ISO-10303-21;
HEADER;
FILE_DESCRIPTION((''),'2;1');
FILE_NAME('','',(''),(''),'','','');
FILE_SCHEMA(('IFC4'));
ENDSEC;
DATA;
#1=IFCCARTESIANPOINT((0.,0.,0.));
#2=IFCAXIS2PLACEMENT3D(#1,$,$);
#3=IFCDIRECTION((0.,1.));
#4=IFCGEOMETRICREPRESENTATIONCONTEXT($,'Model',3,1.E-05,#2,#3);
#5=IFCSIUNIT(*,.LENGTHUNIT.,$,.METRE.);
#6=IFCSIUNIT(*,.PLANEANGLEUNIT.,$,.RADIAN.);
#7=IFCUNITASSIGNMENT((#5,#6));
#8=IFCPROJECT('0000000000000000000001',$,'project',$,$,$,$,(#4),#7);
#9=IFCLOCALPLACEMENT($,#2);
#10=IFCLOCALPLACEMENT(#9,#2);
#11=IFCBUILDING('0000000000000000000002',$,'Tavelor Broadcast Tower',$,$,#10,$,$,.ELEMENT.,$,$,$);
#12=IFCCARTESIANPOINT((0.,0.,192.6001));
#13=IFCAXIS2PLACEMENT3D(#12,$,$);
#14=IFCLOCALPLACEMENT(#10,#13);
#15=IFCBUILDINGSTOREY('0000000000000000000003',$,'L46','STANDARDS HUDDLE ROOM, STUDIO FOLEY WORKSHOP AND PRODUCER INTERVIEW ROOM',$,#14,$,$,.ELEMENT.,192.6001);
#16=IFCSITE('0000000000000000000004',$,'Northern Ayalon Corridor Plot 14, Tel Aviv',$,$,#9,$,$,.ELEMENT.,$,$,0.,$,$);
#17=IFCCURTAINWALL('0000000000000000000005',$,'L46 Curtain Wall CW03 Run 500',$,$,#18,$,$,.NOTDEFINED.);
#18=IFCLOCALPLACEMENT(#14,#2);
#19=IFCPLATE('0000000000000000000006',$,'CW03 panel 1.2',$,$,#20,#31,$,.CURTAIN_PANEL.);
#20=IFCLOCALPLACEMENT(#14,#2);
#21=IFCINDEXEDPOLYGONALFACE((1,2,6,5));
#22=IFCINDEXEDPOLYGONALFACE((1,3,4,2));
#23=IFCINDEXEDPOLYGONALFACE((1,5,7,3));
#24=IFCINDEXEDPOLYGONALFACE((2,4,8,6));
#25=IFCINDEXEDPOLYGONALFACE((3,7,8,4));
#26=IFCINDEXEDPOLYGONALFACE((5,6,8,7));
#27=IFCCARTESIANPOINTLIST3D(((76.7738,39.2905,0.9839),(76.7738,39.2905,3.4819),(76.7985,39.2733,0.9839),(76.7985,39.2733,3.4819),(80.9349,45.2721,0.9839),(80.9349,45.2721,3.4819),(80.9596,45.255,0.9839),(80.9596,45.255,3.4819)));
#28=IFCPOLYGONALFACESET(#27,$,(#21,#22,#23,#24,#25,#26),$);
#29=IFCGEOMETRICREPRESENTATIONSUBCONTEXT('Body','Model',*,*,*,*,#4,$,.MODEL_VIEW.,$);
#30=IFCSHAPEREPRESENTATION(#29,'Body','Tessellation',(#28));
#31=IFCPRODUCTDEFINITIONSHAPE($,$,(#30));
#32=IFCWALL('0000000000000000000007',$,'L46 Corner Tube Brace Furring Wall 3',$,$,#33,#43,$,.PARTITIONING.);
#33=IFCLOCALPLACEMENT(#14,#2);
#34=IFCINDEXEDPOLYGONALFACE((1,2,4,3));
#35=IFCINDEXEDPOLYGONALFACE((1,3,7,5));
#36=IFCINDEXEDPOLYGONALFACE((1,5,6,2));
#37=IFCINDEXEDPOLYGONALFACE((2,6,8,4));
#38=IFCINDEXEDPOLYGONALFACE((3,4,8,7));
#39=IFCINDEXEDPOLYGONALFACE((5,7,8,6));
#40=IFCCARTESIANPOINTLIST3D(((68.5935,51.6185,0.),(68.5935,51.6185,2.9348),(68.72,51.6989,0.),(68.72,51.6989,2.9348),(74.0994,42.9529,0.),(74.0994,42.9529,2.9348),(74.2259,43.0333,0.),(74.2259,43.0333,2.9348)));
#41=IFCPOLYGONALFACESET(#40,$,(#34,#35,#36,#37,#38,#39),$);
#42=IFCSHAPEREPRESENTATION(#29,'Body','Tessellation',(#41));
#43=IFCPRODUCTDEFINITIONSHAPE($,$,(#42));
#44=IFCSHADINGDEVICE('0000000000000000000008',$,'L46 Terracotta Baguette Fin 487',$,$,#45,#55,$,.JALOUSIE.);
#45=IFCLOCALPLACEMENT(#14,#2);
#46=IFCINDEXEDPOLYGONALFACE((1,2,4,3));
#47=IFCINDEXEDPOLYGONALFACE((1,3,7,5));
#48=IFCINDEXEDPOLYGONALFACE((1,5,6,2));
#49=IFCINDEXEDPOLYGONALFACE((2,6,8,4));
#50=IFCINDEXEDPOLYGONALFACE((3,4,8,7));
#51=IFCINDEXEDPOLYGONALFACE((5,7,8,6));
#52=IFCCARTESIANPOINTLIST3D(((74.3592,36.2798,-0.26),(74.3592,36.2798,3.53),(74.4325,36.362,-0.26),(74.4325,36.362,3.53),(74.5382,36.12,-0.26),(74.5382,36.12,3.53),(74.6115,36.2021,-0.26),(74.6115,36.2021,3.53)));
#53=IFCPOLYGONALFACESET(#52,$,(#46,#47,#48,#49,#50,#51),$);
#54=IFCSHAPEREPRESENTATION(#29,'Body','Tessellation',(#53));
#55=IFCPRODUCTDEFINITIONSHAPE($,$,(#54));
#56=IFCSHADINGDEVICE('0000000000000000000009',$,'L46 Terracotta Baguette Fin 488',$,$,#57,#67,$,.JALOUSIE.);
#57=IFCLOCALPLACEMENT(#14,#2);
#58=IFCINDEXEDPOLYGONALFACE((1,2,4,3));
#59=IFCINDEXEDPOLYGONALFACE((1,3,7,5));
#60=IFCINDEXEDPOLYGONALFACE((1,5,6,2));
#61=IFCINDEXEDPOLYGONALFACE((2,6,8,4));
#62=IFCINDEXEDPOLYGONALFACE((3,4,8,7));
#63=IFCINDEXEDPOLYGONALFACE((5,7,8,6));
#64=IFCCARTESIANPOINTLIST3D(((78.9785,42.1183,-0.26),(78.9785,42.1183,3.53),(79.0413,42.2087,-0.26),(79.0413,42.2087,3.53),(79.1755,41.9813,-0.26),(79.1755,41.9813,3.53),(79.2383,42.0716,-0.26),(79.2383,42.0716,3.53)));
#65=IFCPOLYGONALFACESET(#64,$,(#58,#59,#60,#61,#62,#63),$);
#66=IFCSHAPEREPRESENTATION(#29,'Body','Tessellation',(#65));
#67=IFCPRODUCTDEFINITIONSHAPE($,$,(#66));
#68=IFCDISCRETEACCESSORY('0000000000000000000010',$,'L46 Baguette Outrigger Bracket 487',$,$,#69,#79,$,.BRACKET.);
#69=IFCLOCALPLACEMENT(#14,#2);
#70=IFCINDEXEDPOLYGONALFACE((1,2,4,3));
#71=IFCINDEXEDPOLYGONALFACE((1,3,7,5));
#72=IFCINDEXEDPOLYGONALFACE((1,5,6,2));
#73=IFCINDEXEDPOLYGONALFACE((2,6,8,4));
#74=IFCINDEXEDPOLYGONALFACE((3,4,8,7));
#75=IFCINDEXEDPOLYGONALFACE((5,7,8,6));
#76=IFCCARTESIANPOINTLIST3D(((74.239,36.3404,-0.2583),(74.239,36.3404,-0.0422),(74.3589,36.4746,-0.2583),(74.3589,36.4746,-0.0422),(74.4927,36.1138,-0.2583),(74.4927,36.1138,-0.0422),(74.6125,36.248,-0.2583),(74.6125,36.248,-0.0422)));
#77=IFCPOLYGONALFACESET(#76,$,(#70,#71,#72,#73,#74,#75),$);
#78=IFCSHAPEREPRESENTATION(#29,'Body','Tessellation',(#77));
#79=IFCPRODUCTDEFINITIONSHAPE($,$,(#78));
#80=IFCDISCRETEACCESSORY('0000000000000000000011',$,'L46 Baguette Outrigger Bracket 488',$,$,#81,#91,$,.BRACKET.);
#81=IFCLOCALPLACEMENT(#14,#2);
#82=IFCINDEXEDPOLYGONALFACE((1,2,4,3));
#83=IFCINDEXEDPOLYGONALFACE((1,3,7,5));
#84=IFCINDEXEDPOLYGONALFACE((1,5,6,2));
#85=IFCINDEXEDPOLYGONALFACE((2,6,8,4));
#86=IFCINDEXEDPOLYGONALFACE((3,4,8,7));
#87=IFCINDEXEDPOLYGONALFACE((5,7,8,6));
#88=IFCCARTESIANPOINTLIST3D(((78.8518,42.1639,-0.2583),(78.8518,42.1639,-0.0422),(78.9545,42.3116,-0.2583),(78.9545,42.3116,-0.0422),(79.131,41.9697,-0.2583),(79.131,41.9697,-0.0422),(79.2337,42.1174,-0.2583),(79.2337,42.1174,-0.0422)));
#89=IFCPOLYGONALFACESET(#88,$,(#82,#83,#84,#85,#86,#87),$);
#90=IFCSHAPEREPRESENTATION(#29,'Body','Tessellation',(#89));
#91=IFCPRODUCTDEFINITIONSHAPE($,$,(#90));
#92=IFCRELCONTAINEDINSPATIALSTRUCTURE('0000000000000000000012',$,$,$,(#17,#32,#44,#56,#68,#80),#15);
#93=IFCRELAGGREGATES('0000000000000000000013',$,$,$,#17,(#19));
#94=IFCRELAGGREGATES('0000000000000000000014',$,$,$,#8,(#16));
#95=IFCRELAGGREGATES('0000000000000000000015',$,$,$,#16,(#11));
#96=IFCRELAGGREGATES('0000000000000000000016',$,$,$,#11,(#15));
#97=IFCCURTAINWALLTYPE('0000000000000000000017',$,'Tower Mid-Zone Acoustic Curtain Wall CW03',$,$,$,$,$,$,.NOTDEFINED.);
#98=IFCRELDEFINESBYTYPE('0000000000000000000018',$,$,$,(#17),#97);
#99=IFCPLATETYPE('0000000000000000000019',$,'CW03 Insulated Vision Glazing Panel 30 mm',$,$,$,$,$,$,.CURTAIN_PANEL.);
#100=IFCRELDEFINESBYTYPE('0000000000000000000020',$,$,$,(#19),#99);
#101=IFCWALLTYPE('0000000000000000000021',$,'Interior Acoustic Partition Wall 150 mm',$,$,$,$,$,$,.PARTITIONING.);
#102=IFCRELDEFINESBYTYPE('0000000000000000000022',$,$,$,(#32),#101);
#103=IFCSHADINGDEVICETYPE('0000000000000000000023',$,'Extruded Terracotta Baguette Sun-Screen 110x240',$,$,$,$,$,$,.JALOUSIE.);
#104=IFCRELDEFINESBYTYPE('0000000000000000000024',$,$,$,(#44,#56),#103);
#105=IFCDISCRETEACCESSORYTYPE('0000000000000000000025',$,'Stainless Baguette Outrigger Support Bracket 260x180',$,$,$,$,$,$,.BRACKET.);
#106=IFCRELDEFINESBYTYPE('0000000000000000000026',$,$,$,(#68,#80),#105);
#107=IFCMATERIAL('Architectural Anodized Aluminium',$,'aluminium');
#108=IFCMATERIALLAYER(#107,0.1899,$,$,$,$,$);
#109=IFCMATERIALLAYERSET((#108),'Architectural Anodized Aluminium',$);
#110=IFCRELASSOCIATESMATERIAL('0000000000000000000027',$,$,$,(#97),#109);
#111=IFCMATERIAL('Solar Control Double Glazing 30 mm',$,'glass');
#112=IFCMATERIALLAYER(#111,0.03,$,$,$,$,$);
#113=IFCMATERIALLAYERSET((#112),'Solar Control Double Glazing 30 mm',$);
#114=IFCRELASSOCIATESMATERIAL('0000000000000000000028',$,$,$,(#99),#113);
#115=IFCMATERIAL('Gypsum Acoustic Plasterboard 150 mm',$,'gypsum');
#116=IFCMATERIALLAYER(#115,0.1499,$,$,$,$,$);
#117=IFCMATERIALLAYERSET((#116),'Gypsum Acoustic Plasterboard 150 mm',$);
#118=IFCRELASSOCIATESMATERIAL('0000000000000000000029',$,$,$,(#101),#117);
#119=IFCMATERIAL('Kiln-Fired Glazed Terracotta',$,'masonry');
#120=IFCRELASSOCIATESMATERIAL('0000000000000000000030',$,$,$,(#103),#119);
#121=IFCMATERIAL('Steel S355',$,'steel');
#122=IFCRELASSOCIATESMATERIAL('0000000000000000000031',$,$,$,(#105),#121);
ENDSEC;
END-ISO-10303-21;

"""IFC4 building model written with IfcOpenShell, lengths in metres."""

from ifc_helpers import new_model, si_unit, direction, frame, frame_2d, origin, origin_2d, place, context, subcontext, project, spatial, rectangle, extrude, source, transform, mapped, material, layer, layer_set, type_object, type_shapes, element, aggregate, save


model = new_model("IFC4")

# Units and contexts
model_context = context("Model", 3, precision=1e-05, world=origin(), true_north=direction((0.0, 1.0)))
body_context = subcontext(model_context, "Body", "Model", "MODEL_VIEW")
ifc_project = project(units=[si_unit("LENGTHUNIT", "METRE"), si_unit("PLANEANGLEUNIT", "RADIAN")], contexts=[model_context])

# Site, building, storey
site_placement = place(None, origin())
site = spatial("IfcSite", under=ifc_project, at=site_placement, Name="Northern Ayalon Corridor Plot 14, Tel Aviv", CompositionType="ELEMENT", RefElevation=0.0)
building_placement = place(site_placement, origin())
building = spatial("IfcBuilding", under=site, at=building_placement, Name="Tavelor Broadcast Tower", CompositionType="ELEMENT")
storey_placement = place(building_placement, frame((0.0, 0.0, 192.6001)))
storey = spatial("IfcBuildingStorey", under=building, at=storey_placement, Name="L46", Description="STANDARDS HUDDLE ROOM, STUDIO FOLEY WORKSHOP AND PRODUCER INTERVIEW ROOM", CompositionType="ELEMENT", Elevation=192.6001)

# Shared definitions
ifc_material_1 = material(Name="Steel S355", Category="steel")

# Shared definitions
ifc_material_2 = material(Name="Architectural Anodized Aluminium", Category="aluminium")
ifc_layer_1 = layer(ifc_material_2, 0.1899)
ifc_layer_set_1 = layer_set([ifc_layer_1], Name="Architectural Anodized Aluminium")
curtain_wall_type = type_object("IfcCurtainWallType", Name="Tower Mid-Zone Acoustic Curtain Wall CW03", PredefinedType="NOTDEFINED", material=ifc_layer_set_1)

# Curtain wall
curtain_wall_1_placement = place(storey_placement, origin())
curtain_wall_1 = element("IfcCurtainWall", 1, at=curtain_wall_1_placement, inside=storey, type_object=curtain_wall_type, Name="L46 Curtain Wall CW03 Run 500", PredefinedType="NOTDEFINED")

# Plate
ifc_material_3 = material(Name="Solar Control Double Glazing 30 mm", Category="glass")
ifc_layer_2 = layer(ifc_material_3, 0.03)
ifc_layer_set_2 = layer_set([ifc_layer_2], Name="Solar Control Double Glazing 30 mm")
plate_type_1 = type_object("IfcPlateType", Name="CW03 Insulated Vision Glazing Panel 30 mm", PredefinedType="CURTAIN_PANEL", material=ifc_layer_set_2)
shared_shape_1 = source(origin(), body_context, "Body", "SweptSolid", [
    extrude(rectangle(XDim=7.2866, YDim=0.03, at=origin_2d()), origin(), (0.0, 0.0, 1.0), 2.498),
])
plate_1_placement = place(storey_placement, frame((78.8667, 42.2727, 0.9839), z_axis=(0.0, 0.0, 1.0), x_axis=(0.57106, 0.820908, 0.0)))
plate_1 = element("IfcPlate", 2, at=plate_1_placement, type_object=plate_type_1, Name="CW03 panel 1.2", PredefinedType="CURTAIN_PANEL", context=body_context, shape_type="MappedRepresentation", body=[
    mapped(shared_shape_1, transform((0.0, 0.0, 0.0), scale=1.0)),
])
aggregate(curtain_wall_1, [plate_1])

# Wall
ifc_material_4 = material(Name="Gypsum Acoustic Plasterboard 150 mm", Category="gypsum")
ifc_layer_3 = layer(ifc_material_4, 0.1499)
ifc_layer_set_3 = layer_set([ifc_layer_3], Name="Gypsum Acoustic Plasterboard 150 mm")
wall_type = type_object("IfcWallType", Name="Interior Acoustic Partition Wall 150 mm", PredefinedType="PARTITIONING", material=ifc_layer_set_3)
wall_placement = place(storey_placement, frame((74.1626, 42.9932, 0.0), z_axis=(0.0, 0.0, 1.0), x_axis=(-0.536281, 0.844039, 0.0)))
element("IfcWall", 3, at=wall_placement, inside=storey, type_object=wall_type, Name="L46 Corner Tube Brace Furring Wall 3", PredefinedType="PARTITIONING", context=body_context, shape_type="SweptSolid", body=[
    extrude(rectangle(XDim=10.2668, YDim=0.1499, at=frame_2d((5.1333, 0.0))), origin(), (0.0, 0.0, 1.0), 2.9348),
])

# Shading devices
ifc_material_5 = material(Name="Kiln-Fired Glazed Terracotta", Category="masonry")
shading_device_type = type_object("IfcShadingDeviceType", Name="Extruded Terracotta Baguette Sun-Screen 110x240", PredefinedType="JALOUSIE", material=ifc_material_5)
shared_shape_2 = source(origin(), body_context, "Body", "SweptSolid", [
    extrude(rectangle(XDim=0.1101, YDim=0.24, at=origin_2d()), origin(), (0.0, 0.0, 1.0), 3.79),
])
type_shapes(shading_device_type, [shared_shape_2])
for number, where, z_axis, x_axis, name in (
    (4, (74.4854, 36.241, -0.26), (0.0, 0.0, 1.0), (0.666142, 0.745825, 0.0), "L46 Terracotta Baguette Fin 487"),
    (5, (79.1084, 42.095, -0.26), (0.0, 0.0, 1.0), (0.571, 0.82095, 0.0), "L46 Terracotta Baguette Fin 488"),
):
    element("IfcShadingDevice", number, at=place(storey_placement, frame(where, z_axis=z_axis, x_axis=x_axis)), inside=storey, type_object=shading_device_type, Name=name, PredefinedType="JALOUSIE", context=body_context, shape_type="MappedRepresentation", body=[
        mapped(shared_shape_2, transform((0.0, 0.0, 0.0), scale=1.0)),
    ])

# Discrete accessories
discrete_accessory_type = type_object("IfcDiscreteAccessoryType", Name="Stainless Baguette Outrigger Support Bracket 260x180", PredefinedType="BRACKET", material=ifc_material_1)
shared_shape_3 = source(origin(), body_context, "Body", "SweptSolid", [
    extrude(rectangle(XDim=0.1799, YDim=0.3401, at=origin_2d()), origin(), (0.0, 0.0, 1.0), 0.2161),
])
type_shapes(discrete_accessory_type, [shared_shape_3])
for number, where, z_axis, x_axis, name in (
    (6, (74.4258, 36.2942, -0.2583), (0.0, 0.0, 1.0), (0.666142, 0.745825, 0.0), "L46 Baguette Outrigger Bracket 487"),
    (7, (79.0427, 42.1406, -0.2583), (0.0, 0.0, 1.0), (0.571, 0.82095, 0.0), "L46 Baguette Outrigger Bracket 488"),
):
    element("IfcDiscreteAccessory", number, at=place(storey_placement, frame(where, z_axis=z_axis, x_axis=x_axis)), inside=storey, type_object=discrete_accessory_type, Name=name, PredefinedType="BRACKET", context=body_context, shape_type="MappedRepresentation", body=[
        mapped(shared_shape_3, transform((0.0, 0.0, 0.0), scale=1.0)),
    ])

save(model, "model.ifc")
